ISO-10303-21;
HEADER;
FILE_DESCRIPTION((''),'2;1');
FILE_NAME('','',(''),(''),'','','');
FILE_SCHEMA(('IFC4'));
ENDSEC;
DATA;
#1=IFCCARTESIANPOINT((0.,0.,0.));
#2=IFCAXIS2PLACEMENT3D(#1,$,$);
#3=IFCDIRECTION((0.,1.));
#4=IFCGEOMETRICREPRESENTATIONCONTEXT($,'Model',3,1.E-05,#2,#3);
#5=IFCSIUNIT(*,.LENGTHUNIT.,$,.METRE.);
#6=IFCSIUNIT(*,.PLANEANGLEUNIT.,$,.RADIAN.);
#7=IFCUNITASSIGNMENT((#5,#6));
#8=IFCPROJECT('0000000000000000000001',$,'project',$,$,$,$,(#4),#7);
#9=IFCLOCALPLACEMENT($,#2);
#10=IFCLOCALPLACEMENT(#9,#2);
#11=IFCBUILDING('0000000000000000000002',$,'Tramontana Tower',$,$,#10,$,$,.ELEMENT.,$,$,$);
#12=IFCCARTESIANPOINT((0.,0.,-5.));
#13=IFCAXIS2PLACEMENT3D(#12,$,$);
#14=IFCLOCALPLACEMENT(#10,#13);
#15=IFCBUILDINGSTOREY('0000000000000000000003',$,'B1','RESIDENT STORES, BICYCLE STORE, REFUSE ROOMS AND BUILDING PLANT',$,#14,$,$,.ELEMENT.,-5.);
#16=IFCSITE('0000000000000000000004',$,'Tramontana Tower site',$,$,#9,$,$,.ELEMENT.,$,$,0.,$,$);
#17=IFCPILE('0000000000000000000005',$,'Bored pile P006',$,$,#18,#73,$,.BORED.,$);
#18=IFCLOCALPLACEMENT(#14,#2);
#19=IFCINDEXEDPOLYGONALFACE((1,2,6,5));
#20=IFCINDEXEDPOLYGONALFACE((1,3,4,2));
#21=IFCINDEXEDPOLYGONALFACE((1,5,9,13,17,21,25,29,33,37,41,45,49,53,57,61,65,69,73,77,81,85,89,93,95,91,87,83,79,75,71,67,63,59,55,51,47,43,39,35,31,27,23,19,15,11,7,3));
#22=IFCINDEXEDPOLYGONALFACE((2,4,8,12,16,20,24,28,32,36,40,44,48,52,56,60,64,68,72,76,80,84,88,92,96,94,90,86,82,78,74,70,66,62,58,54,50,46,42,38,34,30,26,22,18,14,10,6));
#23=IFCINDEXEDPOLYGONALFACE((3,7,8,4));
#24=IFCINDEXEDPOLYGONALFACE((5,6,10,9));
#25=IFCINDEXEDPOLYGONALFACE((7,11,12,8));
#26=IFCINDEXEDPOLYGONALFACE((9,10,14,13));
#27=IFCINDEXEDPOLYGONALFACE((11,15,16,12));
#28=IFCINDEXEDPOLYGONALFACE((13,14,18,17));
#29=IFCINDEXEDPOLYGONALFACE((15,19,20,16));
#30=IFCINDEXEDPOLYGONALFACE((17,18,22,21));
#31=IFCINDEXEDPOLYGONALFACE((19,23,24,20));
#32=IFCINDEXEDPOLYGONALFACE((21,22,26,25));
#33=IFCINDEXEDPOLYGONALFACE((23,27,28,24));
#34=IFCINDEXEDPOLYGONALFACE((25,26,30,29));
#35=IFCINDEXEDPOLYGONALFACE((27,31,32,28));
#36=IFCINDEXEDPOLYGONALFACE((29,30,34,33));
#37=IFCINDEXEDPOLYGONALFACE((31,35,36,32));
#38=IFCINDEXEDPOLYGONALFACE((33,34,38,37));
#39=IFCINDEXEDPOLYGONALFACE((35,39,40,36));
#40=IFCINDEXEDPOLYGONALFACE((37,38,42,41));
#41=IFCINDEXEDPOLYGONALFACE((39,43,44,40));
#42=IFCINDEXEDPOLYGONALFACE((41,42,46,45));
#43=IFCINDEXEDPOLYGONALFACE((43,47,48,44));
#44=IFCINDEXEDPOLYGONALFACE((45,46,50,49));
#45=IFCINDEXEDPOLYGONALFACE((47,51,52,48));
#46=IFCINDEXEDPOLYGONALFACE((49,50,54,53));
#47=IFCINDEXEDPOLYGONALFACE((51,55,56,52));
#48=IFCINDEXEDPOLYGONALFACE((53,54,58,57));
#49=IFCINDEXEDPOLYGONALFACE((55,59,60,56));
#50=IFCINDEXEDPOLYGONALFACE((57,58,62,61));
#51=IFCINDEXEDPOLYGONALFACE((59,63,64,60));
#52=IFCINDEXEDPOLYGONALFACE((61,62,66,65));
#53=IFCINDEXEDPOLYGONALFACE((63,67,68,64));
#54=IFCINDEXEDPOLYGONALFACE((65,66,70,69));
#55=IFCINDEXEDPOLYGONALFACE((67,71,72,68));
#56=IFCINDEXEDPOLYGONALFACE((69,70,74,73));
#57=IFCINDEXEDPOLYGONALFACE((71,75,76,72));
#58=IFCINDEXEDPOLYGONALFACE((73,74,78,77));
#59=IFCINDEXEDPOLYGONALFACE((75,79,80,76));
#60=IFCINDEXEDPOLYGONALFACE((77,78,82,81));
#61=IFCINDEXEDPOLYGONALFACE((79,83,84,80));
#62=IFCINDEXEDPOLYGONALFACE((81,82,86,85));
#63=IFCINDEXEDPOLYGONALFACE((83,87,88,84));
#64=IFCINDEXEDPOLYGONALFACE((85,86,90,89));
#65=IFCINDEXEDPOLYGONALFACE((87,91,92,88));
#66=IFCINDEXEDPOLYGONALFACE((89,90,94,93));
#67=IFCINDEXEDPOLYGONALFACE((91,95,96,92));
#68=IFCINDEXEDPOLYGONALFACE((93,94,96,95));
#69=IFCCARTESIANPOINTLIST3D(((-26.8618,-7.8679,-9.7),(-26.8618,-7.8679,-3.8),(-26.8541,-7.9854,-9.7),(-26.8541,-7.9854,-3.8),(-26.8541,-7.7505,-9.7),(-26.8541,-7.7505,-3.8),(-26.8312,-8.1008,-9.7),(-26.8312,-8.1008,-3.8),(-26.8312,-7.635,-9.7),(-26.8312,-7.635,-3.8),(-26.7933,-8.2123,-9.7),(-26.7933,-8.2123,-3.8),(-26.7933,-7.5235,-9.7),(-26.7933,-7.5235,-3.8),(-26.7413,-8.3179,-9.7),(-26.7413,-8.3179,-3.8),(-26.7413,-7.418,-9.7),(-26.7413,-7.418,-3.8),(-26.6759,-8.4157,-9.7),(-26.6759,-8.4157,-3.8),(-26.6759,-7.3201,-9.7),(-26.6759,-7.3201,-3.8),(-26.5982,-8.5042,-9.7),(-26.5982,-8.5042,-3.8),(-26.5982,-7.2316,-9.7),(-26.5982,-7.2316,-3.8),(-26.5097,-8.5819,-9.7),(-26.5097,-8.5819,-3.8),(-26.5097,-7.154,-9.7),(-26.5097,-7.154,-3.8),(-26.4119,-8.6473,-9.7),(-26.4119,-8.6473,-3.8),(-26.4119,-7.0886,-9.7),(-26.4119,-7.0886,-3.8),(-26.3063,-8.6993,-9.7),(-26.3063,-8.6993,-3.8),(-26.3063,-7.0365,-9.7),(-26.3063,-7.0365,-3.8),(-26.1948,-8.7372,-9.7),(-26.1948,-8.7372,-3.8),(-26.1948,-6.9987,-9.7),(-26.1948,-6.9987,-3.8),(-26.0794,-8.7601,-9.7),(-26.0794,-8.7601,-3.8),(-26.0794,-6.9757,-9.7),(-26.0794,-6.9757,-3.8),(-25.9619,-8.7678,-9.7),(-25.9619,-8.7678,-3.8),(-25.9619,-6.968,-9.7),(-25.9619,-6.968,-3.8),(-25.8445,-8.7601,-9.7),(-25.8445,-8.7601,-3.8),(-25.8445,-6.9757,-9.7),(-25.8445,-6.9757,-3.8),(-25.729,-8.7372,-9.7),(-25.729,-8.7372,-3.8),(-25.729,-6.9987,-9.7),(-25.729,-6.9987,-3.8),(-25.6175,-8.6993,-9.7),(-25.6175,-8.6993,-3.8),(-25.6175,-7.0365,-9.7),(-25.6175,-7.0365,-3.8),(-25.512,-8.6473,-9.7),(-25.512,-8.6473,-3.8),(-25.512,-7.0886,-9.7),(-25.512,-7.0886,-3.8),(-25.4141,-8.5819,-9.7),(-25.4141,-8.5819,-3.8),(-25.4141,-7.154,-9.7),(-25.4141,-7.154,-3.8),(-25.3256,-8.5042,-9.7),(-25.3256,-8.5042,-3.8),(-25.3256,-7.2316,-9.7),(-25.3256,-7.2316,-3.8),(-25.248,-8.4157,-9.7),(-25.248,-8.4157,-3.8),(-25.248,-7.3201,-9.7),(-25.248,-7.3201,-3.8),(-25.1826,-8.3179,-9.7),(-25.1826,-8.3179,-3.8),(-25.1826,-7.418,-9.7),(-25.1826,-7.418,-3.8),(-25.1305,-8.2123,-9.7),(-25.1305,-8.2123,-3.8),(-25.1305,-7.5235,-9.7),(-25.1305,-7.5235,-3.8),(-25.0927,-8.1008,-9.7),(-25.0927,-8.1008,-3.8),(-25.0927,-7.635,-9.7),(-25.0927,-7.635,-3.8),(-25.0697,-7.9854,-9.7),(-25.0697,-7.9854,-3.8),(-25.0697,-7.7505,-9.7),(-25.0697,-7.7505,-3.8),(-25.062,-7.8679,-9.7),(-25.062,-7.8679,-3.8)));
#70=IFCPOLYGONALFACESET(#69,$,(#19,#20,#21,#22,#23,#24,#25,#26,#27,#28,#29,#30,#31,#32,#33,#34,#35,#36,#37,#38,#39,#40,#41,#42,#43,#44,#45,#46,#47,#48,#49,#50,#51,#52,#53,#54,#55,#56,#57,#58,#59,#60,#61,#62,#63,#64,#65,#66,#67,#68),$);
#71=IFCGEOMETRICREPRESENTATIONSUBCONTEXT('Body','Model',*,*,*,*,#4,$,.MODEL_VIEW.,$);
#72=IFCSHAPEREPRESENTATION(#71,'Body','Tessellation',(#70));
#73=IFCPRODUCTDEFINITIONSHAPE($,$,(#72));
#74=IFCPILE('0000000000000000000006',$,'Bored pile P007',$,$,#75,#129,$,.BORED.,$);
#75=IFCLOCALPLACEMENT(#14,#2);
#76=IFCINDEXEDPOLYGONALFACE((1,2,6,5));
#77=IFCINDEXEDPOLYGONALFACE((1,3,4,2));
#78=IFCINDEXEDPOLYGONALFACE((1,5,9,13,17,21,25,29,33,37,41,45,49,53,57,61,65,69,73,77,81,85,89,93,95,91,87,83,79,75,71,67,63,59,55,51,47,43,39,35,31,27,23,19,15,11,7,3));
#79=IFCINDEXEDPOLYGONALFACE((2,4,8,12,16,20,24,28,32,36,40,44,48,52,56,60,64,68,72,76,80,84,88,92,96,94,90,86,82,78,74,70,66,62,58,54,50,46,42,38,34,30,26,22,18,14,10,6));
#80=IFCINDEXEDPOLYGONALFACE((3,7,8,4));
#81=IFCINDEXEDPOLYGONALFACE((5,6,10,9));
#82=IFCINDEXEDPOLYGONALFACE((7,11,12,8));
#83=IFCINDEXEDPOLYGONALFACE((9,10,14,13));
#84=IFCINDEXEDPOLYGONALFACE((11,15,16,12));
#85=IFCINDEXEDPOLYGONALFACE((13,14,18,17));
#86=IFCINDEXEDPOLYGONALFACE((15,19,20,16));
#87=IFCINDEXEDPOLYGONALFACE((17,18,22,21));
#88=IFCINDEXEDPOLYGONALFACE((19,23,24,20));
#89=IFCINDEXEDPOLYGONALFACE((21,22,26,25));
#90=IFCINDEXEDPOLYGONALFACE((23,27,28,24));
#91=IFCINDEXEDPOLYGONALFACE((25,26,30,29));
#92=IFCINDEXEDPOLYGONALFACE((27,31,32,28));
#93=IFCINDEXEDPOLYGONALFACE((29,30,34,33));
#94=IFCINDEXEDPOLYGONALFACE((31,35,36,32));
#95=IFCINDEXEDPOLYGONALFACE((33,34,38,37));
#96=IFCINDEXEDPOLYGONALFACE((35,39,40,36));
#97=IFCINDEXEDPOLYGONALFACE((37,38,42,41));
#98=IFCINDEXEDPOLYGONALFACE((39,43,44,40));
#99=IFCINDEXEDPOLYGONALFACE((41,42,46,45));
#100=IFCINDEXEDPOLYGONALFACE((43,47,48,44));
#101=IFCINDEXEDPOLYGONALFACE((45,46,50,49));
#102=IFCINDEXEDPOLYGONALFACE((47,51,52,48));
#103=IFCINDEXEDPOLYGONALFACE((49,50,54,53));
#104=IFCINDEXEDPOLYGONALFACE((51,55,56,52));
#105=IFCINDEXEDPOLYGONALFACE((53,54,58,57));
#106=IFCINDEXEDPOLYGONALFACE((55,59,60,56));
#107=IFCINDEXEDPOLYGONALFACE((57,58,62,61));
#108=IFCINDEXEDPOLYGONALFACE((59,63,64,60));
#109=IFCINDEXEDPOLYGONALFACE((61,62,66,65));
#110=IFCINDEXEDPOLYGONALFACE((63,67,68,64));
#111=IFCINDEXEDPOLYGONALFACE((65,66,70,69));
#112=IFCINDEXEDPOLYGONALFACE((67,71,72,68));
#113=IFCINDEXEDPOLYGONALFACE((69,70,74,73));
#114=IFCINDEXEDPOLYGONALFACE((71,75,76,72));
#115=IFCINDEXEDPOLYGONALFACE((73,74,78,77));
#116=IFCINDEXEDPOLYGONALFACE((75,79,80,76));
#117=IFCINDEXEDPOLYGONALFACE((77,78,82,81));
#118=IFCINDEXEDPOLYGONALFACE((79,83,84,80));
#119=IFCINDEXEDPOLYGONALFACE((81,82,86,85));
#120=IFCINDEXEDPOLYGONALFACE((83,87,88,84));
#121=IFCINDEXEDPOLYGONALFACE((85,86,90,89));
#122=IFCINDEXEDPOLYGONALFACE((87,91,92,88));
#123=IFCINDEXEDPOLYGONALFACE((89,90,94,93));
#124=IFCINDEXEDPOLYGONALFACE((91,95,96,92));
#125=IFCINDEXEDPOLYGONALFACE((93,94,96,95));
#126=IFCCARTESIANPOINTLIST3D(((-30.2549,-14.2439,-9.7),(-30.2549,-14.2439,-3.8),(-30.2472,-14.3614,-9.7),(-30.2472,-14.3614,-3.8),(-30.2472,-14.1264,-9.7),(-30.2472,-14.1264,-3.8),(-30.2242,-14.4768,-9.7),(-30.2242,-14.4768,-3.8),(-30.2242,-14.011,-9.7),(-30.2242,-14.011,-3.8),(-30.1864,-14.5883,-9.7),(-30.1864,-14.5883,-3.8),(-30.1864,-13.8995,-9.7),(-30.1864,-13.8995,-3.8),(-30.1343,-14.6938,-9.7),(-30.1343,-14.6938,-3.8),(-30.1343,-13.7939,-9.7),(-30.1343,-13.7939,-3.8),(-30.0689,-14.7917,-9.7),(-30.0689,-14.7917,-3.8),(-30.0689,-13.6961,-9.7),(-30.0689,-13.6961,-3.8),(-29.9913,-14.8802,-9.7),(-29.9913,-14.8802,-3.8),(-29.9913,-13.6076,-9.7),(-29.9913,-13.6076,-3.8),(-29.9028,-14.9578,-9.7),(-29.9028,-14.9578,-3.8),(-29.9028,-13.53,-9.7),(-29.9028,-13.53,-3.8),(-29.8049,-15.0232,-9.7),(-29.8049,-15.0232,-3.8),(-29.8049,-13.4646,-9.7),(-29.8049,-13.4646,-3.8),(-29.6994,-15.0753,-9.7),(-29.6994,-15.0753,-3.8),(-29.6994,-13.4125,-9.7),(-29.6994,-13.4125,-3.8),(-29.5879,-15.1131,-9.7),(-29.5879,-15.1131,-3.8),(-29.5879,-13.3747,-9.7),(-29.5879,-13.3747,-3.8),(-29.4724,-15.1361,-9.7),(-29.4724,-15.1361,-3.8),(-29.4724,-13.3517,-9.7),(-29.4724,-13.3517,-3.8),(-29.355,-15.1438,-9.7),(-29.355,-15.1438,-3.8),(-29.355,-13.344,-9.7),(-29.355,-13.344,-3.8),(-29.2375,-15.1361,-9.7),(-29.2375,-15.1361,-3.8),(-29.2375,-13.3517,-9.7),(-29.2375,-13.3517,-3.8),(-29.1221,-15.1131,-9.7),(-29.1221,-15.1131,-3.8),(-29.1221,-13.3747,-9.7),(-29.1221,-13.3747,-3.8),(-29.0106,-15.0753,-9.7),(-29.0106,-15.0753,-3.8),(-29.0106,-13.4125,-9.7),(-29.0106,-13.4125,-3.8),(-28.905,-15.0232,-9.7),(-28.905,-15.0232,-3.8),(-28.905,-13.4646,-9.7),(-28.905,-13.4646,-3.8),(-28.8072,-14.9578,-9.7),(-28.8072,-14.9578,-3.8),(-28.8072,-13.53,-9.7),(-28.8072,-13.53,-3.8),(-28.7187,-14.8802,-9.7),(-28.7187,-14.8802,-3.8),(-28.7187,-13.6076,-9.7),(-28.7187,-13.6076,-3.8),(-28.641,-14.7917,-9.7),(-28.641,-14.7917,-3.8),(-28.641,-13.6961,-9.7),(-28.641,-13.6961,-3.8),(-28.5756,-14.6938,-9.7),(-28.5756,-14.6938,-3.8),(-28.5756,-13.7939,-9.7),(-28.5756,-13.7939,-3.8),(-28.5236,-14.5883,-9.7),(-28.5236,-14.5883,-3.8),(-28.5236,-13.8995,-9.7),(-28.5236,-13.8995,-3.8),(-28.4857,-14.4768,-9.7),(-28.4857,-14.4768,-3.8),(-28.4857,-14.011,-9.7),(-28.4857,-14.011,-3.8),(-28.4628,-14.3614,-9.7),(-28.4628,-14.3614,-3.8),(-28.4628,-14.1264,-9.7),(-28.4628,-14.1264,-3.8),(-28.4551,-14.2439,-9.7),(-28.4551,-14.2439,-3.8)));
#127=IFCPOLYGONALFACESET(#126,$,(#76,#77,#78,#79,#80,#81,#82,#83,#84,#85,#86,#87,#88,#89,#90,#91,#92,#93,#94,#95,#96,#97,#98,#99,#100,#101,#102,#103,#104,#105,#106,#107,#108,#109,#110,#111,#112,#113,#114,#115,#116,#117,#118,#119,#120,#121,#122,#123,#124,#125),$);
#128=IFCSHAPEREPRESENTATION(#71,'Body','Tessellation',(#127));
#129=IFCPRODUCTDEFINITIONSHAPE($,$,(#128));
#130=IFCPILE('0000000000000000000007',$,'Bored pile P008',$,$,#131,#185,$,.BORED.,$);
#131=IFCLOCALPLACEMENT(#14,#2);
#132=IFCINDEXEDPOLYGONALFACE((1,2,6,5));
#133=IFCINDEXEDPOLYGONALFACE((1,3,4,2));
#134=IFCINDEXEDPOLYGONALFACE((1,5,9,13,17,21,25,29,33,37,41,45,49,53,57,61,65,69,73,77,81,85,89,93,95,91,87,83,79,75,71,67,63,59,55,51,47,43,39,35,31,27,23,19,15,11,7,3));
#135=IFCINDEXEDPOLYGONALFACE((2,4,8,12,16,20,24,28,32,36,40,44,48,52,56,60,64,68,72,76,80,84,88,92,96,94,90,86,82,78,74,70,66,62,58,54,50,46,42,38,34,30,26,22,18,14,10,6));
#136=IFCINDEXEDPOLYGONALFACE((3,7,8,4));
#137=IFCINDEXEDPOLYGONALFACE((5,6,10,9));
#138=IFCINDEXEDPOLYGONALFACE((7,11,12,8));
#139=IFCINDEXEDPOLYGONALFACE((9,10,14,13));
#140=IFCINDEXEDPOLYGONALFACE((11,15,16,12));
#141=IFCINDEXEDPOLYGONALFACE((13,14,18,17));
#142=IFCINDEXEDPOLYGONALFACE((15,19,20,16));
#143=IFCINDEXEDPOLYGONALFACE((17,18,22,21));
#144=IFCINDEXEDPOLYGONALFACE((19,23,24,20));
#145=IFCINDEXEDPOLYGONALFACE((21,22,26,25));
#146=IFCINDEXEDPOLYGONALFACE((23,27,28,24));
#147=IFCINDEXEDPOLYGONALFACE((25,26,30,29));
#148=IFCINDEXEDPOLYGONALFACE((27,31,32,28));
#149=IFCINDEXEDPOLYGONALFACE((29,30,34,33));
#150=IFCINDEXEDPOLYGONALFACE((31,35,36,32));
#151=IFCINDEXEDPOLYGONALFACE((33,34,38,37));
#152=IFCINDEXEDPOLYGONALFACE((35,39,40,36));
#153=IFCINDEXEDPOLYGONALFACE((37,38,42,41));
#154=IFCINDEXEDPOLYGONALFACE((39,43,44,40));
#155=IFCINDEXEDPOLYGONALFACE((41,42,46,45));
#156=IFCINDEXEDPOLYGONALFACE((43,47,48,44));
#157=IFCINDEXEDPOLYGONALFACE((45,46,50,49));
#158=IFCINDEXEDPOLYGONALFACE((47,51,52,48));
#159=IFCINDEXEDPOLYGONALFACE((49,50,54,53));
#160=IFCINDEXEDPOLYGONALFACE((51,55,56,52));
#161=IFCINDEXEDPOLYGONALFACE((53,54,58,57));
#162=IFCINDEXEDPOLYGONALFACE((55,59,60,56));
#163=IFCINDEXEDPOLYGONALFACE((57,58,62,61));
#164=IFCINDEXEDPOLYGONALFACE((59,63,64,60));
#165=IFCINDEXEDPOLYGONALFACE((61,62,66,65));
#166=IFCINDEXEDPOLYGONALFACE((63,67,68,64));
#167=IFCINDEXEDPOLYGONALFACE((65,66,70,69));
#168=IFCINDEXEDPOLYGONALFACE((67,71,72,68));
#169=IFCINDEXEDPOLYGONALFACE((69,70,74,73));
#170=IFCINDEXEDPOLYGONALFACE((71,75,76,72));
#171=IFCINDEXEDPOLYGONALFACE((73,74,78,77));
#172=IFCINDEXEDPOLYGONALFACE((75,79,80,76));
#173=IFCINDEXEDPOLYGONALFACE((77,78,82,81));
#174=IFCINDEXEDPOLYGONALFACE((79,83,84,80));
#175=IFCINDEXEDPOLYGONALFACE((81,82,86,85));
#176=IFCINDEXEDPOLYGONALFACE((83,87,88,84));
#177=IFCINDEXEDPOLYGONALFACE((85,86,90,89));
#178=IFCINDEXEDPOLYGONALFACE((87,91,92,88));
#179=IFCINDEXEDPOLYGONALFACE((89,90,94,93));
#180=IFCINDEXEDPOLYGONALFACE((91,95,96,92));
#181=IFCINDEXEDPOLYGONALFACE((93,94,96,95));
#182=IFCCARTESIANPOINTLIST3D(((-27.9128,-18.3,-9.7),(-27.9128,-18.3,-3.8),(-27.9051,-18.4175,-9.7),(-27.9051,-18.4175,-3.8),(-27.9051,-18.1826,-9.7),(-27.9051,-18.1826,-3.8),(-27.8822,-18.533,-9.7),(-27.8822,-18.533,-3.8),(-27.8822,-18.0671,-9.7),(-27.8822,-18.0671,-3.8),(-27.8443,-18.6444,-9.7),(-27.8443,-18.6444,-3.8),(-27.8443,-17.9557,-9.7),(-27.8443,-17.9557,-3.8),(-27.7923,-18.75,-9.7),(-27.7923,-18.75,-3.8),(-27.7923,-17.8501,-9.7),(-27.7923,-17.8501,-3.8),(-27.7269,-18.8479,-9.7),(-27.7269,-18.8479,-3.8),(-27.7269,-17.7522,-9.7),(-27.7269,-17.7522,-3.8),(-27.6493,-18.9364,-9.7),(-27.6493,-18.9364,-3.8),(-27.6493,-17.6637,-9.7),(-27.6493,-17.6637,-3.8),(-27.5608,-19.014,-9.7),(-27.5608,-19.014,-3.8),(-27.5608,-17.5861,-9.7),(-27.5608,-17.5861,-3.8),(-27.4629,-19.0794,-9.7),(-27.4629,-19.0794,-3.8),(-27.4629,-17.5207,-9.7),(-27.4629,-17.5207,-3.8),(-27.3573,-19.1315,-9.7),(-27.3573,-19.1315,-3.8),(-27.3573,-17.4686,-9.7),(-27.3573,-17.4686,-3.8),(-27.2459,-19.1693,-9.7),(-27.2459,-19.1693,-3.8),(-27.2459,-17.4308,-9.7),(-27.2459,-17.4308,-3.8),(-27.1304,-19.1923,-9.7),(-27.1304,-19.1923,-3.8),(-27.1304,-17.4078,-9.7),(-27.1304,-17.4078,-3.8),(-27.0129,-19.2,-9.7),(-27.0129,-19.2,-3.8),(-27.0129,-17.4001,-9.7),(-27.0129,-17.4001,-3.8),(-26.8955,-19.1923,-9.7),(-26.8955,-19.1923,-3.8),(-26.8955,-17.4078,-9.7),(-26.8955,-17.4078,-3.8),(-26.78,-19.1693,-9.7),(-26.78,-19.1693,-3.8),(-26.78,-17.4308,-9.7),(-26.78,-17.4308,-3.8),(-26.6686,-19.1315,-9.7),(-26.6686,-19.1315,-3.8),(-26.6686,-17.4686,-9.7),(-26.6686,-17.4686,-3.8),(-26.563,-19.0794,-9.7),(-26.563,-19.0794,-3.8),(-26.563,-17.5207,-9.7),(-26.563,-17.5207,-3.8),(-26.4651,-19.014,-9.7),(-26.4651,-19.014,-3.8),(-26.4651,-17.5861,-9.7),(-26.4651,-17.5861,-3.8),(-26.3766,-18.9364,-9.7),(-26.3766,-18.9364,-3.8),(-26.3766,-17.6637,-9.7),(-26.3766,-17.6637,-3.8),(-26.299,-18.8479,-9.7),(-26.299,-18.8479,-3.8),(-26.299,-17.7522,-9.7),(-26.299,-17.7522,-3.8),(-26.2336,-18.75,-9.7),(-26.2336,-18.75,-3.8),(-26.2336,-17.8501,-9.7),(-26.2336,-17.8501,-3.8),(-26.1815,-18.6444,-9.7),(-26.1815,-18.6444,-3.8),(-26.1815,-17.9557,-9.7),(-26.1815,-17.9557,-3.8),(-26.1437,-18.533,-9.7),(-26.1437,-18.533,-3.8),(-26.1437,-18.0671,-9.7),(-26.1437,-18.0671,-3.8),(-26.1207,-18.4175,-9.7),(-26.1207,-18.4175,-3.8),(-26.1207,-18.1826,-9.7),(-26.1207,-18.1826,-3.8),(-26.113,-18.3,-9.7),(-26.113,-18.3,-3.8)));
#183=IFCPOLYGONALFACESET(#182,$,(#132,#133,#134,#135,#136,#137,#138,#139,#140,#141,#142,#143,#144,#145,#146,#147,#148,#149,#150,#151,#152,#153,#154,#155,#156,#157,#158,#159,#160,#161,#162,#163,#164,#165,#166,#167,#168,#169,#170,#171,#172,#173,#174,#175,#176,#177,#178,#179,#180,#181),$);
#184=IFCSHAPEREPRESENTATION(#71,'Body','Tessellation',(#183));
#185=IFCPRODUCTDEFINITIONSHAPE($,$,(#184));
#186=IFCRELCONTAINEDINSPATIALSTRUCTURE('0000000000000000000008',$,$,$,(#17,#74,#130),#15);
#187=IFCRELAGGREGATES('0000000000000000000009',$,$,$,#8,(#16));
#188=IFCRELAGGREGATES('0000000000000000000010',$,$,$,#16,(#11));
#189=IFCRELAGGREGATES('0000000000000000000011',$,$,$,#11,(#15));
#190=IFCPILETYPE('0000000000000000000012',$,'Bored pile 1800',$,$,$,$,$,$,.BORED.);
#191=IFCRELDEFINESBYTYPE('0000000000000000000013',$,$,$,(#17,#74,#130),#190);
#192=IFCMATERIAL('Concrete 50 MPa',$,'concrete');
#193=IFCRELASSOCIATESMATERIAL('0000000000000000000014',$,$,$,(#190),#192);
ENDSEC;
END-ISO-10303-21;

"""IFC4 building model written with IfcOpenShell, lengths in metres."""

from ifc_helpers import new_model, si_unit, direction, frame, origin, origin_2d, place, context, subcontext, project, spatial, circle, extrude, material, material_profile, profile_set, type_object, element, save


model = new_model("IFC4")

# Units and contexts
model_context = context("Model", 3, precision=1e-05, world=origin(), true_north=direction((0.0, 1.0)))
body_context = subcontext(model_context, "Body", "Model", "MODEL_VIEW")
ifc_project = project(units=[si_unit("LENGTHUNIT", "METRE"), si_unit("PLANEANGLEUNIT", "RADIAN")], contexts=[model_context])

# Site, building, storey
site_placement = place(None, origin())
site = spatial("IfcSite", under=ifc_project, at=site_placement, Name="Tramontana Tower site", CompositionType="ELEMENT", RefElevation=0.0)
building_placement = place(site_placement, origin())
building = spatial("IfcBuilding", under=site, at=building_placement, Name="Tramontana Tower", CompositionType="ELEMENT")
storey_placement = place(building_placement, frame((0.0, 0.0, -5.0)))
storey = spatial("IfcBuildingStorey", under=building, at=storey_placement, Name="B1", Description="RESIDENT STORES, BICYCLE STORE, REFUSE ROOMS AND BUILDING PLANT", CompositionType="ELEMENT", Elevation=-5.0)

# Piles
ifc_material_1 = material(Name="Concrete 50 MPa", Category="concrete")
ifc_material_profile_1 = material_profile(ifc_material_1, circle(Radius=0.8999, at=origin_2d()), Name="Bored pile 1800")
ifc_profile_set_1 = profile_set([ifc_material_profile_1], Name="Concrete 50 MPa")
pile_type = type_object("IfcPileType", Name="Bored pile 1800", PredefinedType="BORED", material=ifc_profile_set_1)
for number, where, z_axis, x_axis, name in (
    (1, (-25.9619, -7.8679, -3.8), (0.0, 0.0, -1.0), (1.0, 0.0, 0.0), "Bored pile P006"),
    (2, (-29.355, -14.2439, -3.8), (0.0, 0.0, -1.0), (1.0, 0.0, 0.0), "Bored pile P007"),
    (3, (-27.0129, -18.3, -3.8), (0.0, 0.0, -1.0), (1.0, 0.0, 0.0), "Bored pile P008"),
):
    element("IfcPile", number, at=place(storey_placement, frame(where, z_axis=z_axis, x_axis=x_axis)), inside=storey, type_object=pile_type, Name=name, PredefinedType="BORED", context=body_context, shape_type="SweptSolid", body=[
        extrude(circle(Radius=0.8999, at=origin_2d()), origin(), (0.0, 0.0, 1.0), 5.8999),
    ])

save(model, "model.ifc")
